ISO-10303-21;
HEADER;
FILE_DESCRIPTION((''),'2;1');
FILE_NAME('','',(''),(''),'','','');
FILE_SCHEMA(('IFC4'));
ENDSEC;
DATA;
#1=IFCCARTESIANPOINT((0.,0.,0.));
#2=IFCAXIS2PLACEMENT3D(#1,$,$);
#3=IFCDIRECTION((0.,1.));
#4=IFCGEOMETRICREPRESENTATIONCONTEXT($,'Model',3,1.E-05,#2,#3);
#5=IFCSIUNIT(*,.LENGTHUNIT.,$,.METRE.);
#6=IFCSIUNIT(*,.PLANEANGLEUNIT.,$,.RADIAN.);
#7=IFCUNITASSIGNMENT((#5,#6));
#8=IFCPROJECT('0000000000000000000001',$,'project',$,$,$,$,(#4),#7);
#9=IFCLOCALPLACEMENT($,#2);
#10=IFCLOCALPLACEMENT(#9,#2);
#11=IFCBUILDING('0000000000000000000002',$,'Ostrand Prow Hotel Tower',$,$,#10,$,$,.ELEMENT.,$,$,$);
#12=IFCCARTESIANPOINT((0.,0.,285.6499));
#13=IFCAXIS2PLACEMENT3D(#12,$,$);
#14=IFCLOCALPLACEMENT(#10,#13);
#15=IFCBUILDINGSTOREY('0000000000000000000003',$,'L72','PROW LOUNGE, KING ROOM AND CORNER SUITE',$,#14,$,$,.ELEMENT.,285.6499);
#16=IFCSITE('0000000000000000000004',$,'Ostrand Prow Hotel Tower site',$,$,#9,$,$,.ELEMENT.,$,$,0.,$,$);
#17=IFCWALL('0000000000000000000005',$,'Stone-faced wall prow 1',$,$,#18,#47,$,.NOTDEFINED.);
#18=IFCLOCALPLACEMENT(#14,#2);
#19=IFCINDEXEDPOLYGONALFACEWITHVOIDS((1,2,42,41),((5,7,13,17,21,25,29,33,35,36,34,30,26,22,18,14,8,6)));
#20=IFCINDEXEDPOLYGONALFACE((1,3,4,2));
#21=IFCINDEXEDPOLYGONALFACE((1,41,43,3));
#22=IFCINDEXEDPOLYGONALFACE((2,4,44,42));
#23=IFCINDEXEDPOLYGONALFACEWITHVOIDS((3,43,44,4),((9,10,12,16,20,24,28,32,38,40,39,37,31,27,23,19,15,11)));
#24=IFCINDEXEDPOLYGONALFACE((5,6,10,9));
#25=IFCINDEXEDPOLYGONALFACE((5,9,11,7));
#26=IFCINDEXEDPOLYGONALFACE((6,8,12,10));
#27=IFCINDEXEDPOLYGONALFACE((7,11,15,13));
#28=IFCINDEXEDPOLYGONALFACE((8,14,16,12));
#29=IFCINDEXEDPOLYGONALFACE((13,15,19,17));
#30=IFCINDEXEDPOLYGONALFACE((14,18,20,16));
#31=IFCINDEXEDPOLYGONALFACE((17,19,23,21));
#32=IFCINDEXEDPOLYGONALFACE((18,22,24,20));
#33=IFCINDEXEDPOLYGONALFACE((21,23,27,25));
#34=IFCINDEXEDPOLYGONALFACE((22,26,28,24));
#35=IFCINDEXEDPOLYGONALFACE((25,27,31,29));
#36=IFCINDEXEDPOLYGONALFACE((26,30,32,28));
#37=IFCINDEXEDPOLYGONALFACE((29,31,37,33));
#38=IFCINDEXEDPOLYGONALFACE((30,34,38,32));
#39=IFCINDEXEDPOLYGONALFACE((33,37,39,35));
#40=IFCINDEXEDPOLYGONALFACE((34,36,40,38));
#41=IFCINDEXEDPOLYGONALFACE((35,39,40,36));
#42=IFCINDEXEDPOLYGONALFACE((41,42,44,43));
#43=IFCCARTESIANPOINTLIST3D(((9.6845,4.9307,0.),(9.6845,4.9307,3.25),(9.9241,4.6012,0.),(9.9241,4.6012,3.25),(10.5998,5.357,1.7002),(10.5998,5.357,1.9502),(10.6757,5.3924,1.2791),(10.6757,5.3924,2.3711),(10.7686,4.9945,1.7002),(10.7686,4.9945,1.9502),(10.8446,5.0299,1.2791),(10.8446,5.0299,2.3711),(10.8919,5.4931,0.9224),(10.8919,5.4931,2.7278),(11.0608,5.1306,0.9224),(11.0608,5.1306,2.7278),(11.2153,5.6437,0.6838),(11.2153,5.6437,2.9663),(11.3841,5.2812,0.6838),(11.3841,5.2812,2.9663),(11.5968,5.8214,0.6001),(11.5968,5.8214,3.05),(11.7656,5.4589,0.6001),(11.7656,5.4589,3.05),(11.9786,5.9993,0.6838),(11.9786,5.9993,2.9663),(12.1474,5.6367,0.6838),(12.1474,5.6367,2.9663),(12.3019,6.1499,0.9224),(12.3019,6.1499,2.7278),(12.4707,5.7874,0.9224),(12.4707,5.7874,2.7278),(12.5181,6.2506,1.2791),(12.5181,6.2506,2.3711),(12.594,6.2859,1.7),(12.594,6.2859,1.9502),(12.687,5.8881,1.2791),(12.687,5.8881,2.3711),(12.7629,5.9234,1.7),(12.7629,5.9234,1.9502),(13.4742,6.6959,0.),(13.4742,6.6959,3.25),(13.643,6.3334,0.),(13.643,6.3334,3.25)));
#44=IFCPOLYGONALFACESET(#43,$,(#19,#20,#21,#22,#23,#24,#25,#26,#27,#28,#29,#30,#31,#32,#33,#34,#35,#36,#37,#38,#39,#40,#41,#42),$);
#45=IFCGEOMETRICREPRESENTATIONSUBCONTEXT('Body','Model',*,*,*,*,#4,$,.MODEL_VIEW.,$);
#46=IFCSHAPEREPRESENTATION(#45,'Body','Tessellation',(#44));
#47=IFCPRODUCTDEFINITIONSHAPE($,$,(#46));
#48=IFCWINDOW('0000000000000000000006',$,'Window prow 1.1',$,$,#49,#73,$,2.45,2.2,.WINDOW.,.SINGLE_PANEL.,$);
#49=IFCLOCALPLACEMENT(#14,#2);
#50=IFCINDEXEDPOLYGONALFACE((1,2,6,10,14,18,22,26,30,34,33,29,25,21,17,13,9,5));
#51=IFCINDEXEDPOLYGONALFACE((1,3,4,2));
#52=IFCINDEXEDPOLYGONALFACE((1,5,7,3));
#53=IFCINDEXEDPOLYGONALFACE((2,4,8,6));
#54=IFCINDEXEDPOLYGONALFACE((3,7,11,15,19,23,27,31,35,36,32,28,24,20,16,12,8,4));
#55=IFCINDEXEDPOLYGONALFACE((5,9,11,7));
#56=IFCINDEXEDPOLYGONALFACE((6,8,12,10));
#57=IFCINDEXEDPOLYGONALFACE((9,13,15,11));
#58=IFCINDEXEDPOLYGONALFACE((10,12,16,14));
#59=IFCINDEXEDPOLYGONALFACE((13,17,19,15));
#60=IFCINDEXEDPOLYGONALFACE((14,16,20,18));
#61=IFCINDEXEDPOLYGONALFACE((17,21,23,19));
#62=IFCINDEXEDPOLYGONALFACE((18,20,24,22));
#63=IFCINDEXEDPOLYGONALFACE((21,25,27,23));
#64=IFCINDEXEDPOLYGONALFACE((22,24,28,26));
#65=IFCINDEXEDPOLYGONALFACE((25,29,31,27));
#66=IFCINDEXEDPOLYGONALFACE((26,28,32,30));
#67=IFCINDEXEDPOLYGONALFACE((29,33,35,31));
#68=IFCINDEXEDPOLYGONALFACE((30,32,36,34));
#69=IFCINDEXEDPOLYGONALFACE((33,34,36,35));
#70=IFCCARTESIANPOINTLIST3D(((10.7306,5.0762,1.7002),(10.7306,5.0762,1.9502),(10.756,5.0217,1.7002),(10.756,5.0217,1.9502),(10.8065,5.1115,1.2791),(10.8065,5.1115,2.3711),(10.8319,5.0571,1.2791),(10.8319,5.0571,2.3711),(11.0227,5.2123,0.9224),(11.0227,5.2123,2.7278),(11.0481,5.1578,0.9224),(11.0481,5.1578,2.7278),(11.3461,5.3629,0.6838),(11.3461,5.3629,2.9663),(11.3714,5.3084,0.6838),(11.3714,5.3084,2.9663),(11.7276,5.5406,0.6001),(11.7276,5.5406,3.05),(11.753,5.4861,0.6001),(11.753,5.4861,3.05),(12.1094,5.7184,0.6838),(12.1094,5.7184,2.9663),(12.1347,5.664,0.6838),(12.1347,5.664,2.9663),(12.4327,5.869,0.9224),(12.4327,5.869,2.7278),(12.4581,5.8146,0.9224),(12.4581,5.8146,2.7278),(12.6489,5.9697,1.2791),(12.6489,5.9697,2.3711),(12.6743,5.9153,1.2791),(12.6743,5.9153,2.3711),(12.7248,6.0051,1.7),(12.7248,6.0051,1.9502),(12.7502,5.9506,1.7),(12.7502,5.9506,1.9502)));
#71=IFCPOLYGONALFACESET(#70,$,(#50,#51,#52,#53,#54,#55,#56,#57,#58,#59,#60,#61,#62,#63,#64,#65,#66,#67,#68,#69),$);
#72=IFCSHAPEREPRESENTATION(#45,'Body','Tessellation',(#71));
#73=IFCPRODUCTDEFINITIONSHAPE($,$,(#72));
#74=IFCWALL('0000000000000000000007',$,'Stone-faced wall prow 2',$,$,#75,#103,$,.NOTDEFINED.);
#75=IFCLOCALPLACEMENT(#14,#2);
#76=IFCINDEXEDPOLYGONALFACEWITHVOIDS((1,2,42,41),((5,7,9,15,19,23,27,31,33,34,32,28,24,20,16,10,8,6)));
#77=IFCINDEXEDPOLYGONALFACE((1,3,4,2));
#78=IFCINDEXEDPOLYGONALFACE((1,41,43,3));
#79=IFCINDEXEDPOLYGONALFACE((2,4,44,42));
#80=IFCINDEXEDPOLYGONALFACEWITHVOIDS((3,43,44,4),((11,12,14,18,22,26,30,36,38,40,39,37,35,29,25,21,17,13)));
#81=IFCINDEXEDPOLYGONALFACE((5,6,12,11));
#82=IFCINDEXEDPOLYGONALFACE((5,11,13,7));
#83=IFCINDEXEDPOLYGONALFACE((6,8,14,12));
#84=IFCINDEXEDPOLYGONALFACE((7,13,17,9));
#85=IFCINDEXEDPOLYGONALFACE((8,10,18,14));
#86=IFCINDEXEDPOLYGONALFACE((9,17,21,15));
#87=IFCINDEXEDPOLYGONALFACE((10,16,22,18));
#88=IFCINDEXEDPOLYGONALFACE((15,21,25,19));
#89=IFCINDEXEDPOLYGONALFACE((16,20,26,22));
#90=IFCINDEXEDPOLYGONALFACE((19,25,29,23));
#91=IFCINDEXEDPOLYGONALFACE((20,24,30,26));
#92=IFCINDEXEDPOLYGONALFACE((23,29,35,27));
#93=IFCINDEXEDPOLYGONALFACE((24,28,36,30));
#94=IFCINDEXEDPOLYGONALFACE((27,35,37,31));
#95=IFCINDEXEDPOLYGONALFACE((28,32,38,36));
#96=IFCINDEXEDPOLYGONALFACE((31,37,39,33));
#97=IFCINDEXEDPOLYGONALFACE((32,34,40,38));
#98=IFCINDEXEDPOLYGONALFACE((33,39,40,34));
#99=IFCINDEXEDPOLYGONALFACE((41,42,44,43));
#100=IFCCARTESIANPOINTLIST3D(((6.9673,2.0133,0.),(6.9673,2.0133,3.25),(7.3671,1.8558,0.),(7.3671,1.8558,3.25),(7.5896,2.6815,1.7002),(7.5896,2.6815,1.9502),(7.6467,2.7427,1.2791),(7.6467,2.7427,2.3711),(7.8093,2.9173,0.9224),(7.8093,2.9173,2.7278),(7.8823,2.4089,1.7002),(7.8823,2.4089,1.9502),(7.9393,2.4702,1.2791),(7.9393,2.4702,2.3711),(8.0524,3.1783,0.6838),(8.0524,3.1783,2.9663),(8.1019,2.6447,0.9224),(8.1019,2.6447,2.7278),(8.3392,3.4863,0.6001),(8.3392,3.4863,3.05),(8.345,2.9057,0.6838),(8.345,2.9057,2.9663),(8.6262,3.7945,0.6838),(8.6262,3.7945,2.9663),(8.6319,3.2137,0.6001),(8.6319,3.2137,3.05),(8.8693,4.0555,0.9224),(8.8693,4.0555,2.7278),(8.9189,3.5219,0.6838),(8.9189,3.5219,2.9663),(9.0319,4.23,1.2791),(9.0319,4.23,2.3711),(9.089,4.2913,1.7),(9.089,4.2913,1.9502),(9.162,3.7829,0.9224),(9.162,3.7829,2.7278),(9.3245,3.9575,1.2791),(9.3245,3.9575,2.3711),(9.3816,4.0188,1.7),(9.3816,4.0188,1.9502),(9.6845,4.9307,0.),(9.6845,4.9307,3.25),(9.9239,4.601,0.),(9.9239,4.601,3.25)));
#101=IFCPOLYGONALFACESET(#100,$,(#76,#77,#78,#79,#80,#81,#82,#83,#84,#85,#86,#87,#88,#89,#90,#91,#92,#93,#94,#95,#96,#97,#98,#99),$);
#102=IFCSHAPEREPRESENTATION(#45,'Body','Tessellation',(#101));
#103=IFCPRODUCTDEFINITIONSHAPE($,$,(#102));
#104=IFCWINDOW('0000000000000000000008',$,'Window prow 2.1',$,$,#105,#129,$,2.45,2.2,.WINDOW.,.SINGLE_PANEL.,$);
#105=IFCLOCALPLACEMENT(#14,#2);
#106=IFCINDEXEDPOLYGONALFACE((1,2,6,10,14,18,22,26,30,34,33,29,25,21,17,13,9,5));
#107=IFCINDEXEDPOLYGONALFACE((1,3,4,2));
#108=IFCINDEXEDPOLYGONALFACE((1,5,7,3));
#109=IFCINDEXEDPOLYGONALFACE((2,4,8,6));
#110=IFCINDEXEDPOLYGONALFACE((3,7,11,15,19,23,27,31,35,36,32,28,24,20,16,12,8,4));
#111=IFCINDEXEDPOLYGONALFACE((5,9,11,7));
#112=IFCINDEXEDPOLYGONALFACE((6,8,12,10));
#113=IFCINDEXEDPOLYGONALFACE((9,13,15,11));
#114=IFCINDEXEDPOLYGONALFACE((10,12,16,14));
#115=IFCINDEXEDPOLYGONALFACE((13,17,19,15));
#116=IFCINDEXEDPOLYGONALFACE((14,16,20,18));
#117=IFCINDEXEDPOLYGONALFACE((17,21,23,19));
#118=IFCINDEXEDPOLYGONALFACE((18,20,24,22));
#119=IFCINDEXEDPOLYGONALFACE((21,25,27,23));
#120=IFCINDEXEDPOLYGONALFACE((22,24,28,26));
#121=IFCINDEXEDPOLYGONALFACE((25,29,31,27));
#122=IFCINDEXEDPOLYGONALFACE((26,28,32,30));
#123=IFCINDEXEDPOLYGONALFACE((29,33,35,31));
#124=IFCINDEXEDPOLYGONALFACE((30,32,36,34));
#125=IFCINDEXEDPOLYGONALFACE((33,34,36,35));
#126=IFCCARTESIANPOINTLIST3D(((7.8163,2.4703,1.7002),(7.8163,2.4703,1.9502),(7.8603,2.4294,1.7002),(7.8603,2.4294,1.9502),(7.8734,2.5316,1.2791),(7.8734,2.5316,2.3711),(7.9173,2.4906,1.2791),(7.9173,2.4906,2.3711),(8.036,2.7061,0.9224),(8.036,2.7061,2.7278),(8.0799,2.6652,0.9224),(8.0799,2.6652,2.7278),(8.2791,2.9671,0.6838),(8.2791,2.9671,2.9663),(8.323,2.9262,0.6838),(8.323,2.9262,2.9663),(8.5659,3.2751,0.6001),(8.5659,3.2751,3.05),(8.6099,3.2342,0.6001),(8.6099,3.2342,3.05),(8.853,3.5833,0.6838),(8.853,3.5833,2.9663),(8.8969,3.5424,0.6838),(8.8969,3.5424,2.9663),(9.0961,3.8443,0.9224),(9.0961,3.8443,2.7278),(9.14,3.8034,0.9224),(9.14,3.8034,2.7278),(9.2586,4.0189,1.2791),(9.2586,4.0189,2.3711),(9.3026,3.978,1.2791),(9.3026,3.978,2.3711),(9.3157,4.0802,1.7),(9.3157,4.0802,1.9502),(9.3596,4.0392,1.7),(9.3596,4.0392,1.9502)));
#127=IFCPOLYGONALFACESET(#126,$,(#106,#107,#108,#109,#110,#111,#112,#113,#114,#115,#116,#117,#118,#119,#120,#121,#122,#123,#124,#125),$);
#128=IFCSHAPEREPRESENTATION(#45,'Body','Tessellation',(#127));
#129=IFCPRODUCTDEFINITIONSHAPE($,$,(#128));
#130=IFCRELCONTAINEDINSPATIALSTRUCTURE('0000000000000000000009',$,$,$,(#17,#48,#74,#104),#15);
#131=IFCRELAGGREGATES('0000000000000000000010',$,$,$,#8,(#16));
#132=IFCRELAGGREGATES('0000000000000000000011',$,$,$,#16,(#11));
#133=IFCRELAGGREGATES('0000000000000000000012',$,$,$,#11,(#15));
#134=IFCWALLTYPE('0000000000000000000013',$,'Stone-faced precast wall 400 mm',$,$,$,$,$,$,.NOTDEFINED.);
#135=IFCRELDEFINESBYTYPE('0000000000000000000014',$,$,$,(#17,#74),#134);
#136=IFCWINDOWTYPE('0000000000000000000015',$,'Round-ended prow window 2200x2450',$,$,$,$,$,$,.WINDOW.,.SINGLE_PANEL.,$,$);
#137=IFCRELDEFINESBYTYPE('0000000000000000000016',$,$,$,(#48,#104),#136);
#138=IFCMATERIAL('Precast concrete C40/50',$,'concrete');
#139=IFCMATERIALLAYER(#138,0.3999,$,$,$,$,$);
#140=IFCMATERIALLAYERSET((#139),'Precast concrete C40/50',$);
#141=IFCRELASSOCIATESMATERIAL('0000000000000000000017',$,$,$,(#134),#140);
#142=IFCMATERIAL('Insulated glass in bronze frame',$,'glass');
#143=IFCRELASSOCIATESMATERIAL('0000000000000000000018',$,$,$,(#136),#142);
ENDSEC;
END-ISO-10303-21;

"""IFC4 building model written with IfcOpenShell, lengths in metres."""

from ifc_helpers import new_model, si_unit, direction, frame, origin, place, context, subcontext, project, spatial, polyline, outline, extrude, material, layer, layer_set, type_object, element, fill, save


model = new_model("IFC4")

# Units and contexts
model_context = context("Model", 3, precision=1e-05, world=origin(), true_north=direction((0.0, 1.0)))
body_context = subcontext(model_context, "Body", "Model", "MODEL_VIEW")
ifc_project = project(units=[si_unit("LENGTHUNIT", "METRE"), si_unit("PLANEANGLEUNIT", "RADIAN")], contexts=[model_context])

# Site, building, storey
site_placement = place(None, origin())
site = spatial("IfcSite", under=ifc_project, at=site_placement, Name="Ostrand Prow Hotel Tower site", CompositionType="ELEMENT", RefElevation=0.0)
building_placement = place(site_placement, origin())
building = spatial("IfcBuilding", under=site, at=building_placement, Name="Ostrand Prow Hotel Tower", CompositionType="ELEMENT")
storey_placement = place(building_placement, frame((0.0, 0.0, 285.6499)))
storey = spatial("IfcBuildingStorey", under=building, at=storey_placement, Name="L72", Description="PROW LOUNGE, KING ROOM AND CORNER SUITE", CompositionType="ELEMENT", Elevation=285.6499)

# Walls, openings, windows
ifc_material_1 = material(Name="Precast concrete C40/50", Category="concrete")
ifc_layer_1 = layer(ifc_material_1, 0.3999)
ifc_layer_set_1 = layer_set([ifc_layer_1], Name="Precast concrete C40/50")
wall_type_1 = type_object("IfcWallType", Name="Stone-faced precast wall 400 mm", PredefinedType="NOTDEFINED", material=ifc_layer_set_1)
wall_1_placement = place(storey_placement, frame((13.5586, 6.5146, 0.0), z_axis=(0.0, 0.0, 1.0), x_axis=(-0.906486, -0.422237, 0.0)))
wall_1 = element("IfcWall", 1, at=wall_1_placement, inside=storey, type_object=wall_type_1, Name="Stone-faced wall prow 1", PredefinedType="NOTDEFINED", context=body_context, shape_type="SweptSolid", body=[
    extrude(outline(polyline([(0.0, -0.2), (4.1807, -0.2), (4.1025, 0.2), (0.0, 0.2), (0.0, -0.2)])), origin(), (0.0, 0.0, 1.0), 3.25),
])
opening_1_placement = place(wall_1_placement, frame((0.9709, 0.0, 0.6001)))
opening_1 = element("IfcOpeningElement", 2, at=opening_1_placement, cuts=wall_1, PredefinedType="OPENING", context=body_context, shape_type="SweptSolid", body=[
    extrude(outline(polyline([(0.0, 1.3501), (0.0837, 1.771), (0.3223, 2.1277), (0.679, 2.3662), (1.1001, 2.45), (1.521, 2.3662), (1.8777, 2.1277), (2.1162, 1.771), (2.2, 1.3501), (2.2, 1.1001), (2.1162, 0.679), (1.8777, 0.3223), (1.521, 0.0837), (1.1001, 0.0), (0.679, 0.0837), (0.3223, 0.3223), (0.0837, 0.679), (0.0, 1.0999), (0.0, 1.3501)])), frame((0.0, 0.21, 0.0), z_axis=(0.0, -1.0, 0.0), x_axis=(1.0, 0.0, 0.0)), (0.0, 0.0, 1.0), 0.4199),
])
ifc_material_2 = material(Name="Insulated glass in bronze frame", Category="glass")
window_type = type_object("IfcWindowType", Name="Round-ended prow window 2200x2450", PartitioningType="SINGLE_PANEL", PredefinedType="WINDOW", material=ifc_material_2)
window_1_placement = place(opening_1_placement, origin())
window_1 = element("IfcWindow", 3, at=window_1_placement, inside=storey, type_object=window_type, Name="Window prow 1.1", OverallHeight=2.45, OverallWidth=2.2, PartitioningType="SINGLE_PANEL", PredefinedType="WINDOW", context=body_context, shape_type="SweptSolid", body=[
    extrude(outline(polyline([(0.0, 1.3501), (0.0837, 1.771), (0.3223, 2.1277), (0.679, 2.3662), (1.1001, 2.45), (1.521, 2.3662), (1.8777, 2.1277), (2.1162, 1.771), (2.2, 1.3501), (2.2, 1.1001), (2.1162, 0.679), (1.8777, 0.3223), (1.521, 0.0837), (1.1001, 0.0), (0.679, 0.0837), (0.3223, 0.3223), (0.0837, 0.679), (0.0, 1.0999), (0.0, 1.3501)])), frame((0.0, 0.1699, 0.0), z_axis=(0.0, -1.0, 0.0), x_axis=(1.0, 0.0, 0.0)), (0.0, 0.0, 1.0), 0.0601),
])
fill(opening_1, window_1)
wall_2_placement = place(storey_placement, frame((9.8042, 4.7659, 0.0), z_axis=(0.0, 0.0, 1.0), x_axis=(-0.681547, -0.731775, 0.0)))
wall_2 = element("IfcWall", 4, at=wall_2_placement, inside=storey, type_object=wall_type_1, Name="Stone-faced wall prow 2", PredefinedType="NOTDEFINED", context=body_context, shape_type="SweptSolid", body=[
    extrude(outline(polyline([(-0.0391, -0.2), (3.9478, -0.2), (3.7905, 0.2), (0.0391, 0.2), (-0.0391, -0.2)])), origin(), (0.0, 0.0, 1.0), 3.25),
])
opening_2_placement = place(wall_2_placement, frame((0.8347, 0.0, 0.6001)))
opening_2 = element("IfcOpeningElement", 5, at=opening_2_placement, cuts=wall_2, PredefinedType="OPENING", context=body_context, shape_type="SweptSolid", body=[
    extrude(outline(polyline([(0.0, 1.3501), (0.0837, 1.771), (0.3223, 2.1277), (0.679, 2.3662), (1.1001, 2.45), (1.521, 2.3662), (1.8777, 2.1277), (2.1162, 1.771), (2.2, 1.3501), (2.2, 1.1001), (2.1162, 0.679), (1.8777, 0.3223), (1.521, 0.0837), (1.1001, 0.0), (0.679, 0.0837), (0.3223, 0.3223), (0.0837, 0.679), (0.0, 1.0999), (0.0, 1.3501)])), frame((0.0, 0.21, 0.0), z_axis=(0.0, -1.0, 0.0), x_axis=(1.0, 0.0, 0.0)), (0.0, 0.0, 1.0), 0.4199),
])
window_2_placement = place(opening_2_placement, origin())
window_2 = element("IfcWindow", 6, at=window_2_placement, inside=storey, type_object=window_type, Name="Window prow 2.1", OverallHeight=2.45, OverallWidth=2.2, PartitioningType="SINGLE_PANEL", PredefinedType="WINDOW", context=body_context, shape_type="SweptSolid", body=[
    extrude(outline(polyline([(0.0, 1.3501), (0.0837, 1.771), (0.3223, 2.1277), (0.679, 2.3662), (1.1001, 2.45), (1.521, 2.3662), (1.8777, 2.1277), (2.1162, 1.771), (2.2, 1.3501), (2.2, 1.1001), (2.1162, 0.679), (1.8777, 0.3223), (1.521, 0.0837), (1.1001, 0.0), (0.679, 0.0837), (0.3223, 0.3223), (0.0837, 0.679), (0.0, 1.0999), (0.0, 1.3501)])), frame((0.0, 0.1699, 0.0), z_axis=(0.0, -1.0, 0.0), x_axis=(1.0, 0.0, 0.0)), (0.0, 0.0, 1.0), 0.0601),
])
fill(opening_2, window_2)

save(model, "model.ifc")
